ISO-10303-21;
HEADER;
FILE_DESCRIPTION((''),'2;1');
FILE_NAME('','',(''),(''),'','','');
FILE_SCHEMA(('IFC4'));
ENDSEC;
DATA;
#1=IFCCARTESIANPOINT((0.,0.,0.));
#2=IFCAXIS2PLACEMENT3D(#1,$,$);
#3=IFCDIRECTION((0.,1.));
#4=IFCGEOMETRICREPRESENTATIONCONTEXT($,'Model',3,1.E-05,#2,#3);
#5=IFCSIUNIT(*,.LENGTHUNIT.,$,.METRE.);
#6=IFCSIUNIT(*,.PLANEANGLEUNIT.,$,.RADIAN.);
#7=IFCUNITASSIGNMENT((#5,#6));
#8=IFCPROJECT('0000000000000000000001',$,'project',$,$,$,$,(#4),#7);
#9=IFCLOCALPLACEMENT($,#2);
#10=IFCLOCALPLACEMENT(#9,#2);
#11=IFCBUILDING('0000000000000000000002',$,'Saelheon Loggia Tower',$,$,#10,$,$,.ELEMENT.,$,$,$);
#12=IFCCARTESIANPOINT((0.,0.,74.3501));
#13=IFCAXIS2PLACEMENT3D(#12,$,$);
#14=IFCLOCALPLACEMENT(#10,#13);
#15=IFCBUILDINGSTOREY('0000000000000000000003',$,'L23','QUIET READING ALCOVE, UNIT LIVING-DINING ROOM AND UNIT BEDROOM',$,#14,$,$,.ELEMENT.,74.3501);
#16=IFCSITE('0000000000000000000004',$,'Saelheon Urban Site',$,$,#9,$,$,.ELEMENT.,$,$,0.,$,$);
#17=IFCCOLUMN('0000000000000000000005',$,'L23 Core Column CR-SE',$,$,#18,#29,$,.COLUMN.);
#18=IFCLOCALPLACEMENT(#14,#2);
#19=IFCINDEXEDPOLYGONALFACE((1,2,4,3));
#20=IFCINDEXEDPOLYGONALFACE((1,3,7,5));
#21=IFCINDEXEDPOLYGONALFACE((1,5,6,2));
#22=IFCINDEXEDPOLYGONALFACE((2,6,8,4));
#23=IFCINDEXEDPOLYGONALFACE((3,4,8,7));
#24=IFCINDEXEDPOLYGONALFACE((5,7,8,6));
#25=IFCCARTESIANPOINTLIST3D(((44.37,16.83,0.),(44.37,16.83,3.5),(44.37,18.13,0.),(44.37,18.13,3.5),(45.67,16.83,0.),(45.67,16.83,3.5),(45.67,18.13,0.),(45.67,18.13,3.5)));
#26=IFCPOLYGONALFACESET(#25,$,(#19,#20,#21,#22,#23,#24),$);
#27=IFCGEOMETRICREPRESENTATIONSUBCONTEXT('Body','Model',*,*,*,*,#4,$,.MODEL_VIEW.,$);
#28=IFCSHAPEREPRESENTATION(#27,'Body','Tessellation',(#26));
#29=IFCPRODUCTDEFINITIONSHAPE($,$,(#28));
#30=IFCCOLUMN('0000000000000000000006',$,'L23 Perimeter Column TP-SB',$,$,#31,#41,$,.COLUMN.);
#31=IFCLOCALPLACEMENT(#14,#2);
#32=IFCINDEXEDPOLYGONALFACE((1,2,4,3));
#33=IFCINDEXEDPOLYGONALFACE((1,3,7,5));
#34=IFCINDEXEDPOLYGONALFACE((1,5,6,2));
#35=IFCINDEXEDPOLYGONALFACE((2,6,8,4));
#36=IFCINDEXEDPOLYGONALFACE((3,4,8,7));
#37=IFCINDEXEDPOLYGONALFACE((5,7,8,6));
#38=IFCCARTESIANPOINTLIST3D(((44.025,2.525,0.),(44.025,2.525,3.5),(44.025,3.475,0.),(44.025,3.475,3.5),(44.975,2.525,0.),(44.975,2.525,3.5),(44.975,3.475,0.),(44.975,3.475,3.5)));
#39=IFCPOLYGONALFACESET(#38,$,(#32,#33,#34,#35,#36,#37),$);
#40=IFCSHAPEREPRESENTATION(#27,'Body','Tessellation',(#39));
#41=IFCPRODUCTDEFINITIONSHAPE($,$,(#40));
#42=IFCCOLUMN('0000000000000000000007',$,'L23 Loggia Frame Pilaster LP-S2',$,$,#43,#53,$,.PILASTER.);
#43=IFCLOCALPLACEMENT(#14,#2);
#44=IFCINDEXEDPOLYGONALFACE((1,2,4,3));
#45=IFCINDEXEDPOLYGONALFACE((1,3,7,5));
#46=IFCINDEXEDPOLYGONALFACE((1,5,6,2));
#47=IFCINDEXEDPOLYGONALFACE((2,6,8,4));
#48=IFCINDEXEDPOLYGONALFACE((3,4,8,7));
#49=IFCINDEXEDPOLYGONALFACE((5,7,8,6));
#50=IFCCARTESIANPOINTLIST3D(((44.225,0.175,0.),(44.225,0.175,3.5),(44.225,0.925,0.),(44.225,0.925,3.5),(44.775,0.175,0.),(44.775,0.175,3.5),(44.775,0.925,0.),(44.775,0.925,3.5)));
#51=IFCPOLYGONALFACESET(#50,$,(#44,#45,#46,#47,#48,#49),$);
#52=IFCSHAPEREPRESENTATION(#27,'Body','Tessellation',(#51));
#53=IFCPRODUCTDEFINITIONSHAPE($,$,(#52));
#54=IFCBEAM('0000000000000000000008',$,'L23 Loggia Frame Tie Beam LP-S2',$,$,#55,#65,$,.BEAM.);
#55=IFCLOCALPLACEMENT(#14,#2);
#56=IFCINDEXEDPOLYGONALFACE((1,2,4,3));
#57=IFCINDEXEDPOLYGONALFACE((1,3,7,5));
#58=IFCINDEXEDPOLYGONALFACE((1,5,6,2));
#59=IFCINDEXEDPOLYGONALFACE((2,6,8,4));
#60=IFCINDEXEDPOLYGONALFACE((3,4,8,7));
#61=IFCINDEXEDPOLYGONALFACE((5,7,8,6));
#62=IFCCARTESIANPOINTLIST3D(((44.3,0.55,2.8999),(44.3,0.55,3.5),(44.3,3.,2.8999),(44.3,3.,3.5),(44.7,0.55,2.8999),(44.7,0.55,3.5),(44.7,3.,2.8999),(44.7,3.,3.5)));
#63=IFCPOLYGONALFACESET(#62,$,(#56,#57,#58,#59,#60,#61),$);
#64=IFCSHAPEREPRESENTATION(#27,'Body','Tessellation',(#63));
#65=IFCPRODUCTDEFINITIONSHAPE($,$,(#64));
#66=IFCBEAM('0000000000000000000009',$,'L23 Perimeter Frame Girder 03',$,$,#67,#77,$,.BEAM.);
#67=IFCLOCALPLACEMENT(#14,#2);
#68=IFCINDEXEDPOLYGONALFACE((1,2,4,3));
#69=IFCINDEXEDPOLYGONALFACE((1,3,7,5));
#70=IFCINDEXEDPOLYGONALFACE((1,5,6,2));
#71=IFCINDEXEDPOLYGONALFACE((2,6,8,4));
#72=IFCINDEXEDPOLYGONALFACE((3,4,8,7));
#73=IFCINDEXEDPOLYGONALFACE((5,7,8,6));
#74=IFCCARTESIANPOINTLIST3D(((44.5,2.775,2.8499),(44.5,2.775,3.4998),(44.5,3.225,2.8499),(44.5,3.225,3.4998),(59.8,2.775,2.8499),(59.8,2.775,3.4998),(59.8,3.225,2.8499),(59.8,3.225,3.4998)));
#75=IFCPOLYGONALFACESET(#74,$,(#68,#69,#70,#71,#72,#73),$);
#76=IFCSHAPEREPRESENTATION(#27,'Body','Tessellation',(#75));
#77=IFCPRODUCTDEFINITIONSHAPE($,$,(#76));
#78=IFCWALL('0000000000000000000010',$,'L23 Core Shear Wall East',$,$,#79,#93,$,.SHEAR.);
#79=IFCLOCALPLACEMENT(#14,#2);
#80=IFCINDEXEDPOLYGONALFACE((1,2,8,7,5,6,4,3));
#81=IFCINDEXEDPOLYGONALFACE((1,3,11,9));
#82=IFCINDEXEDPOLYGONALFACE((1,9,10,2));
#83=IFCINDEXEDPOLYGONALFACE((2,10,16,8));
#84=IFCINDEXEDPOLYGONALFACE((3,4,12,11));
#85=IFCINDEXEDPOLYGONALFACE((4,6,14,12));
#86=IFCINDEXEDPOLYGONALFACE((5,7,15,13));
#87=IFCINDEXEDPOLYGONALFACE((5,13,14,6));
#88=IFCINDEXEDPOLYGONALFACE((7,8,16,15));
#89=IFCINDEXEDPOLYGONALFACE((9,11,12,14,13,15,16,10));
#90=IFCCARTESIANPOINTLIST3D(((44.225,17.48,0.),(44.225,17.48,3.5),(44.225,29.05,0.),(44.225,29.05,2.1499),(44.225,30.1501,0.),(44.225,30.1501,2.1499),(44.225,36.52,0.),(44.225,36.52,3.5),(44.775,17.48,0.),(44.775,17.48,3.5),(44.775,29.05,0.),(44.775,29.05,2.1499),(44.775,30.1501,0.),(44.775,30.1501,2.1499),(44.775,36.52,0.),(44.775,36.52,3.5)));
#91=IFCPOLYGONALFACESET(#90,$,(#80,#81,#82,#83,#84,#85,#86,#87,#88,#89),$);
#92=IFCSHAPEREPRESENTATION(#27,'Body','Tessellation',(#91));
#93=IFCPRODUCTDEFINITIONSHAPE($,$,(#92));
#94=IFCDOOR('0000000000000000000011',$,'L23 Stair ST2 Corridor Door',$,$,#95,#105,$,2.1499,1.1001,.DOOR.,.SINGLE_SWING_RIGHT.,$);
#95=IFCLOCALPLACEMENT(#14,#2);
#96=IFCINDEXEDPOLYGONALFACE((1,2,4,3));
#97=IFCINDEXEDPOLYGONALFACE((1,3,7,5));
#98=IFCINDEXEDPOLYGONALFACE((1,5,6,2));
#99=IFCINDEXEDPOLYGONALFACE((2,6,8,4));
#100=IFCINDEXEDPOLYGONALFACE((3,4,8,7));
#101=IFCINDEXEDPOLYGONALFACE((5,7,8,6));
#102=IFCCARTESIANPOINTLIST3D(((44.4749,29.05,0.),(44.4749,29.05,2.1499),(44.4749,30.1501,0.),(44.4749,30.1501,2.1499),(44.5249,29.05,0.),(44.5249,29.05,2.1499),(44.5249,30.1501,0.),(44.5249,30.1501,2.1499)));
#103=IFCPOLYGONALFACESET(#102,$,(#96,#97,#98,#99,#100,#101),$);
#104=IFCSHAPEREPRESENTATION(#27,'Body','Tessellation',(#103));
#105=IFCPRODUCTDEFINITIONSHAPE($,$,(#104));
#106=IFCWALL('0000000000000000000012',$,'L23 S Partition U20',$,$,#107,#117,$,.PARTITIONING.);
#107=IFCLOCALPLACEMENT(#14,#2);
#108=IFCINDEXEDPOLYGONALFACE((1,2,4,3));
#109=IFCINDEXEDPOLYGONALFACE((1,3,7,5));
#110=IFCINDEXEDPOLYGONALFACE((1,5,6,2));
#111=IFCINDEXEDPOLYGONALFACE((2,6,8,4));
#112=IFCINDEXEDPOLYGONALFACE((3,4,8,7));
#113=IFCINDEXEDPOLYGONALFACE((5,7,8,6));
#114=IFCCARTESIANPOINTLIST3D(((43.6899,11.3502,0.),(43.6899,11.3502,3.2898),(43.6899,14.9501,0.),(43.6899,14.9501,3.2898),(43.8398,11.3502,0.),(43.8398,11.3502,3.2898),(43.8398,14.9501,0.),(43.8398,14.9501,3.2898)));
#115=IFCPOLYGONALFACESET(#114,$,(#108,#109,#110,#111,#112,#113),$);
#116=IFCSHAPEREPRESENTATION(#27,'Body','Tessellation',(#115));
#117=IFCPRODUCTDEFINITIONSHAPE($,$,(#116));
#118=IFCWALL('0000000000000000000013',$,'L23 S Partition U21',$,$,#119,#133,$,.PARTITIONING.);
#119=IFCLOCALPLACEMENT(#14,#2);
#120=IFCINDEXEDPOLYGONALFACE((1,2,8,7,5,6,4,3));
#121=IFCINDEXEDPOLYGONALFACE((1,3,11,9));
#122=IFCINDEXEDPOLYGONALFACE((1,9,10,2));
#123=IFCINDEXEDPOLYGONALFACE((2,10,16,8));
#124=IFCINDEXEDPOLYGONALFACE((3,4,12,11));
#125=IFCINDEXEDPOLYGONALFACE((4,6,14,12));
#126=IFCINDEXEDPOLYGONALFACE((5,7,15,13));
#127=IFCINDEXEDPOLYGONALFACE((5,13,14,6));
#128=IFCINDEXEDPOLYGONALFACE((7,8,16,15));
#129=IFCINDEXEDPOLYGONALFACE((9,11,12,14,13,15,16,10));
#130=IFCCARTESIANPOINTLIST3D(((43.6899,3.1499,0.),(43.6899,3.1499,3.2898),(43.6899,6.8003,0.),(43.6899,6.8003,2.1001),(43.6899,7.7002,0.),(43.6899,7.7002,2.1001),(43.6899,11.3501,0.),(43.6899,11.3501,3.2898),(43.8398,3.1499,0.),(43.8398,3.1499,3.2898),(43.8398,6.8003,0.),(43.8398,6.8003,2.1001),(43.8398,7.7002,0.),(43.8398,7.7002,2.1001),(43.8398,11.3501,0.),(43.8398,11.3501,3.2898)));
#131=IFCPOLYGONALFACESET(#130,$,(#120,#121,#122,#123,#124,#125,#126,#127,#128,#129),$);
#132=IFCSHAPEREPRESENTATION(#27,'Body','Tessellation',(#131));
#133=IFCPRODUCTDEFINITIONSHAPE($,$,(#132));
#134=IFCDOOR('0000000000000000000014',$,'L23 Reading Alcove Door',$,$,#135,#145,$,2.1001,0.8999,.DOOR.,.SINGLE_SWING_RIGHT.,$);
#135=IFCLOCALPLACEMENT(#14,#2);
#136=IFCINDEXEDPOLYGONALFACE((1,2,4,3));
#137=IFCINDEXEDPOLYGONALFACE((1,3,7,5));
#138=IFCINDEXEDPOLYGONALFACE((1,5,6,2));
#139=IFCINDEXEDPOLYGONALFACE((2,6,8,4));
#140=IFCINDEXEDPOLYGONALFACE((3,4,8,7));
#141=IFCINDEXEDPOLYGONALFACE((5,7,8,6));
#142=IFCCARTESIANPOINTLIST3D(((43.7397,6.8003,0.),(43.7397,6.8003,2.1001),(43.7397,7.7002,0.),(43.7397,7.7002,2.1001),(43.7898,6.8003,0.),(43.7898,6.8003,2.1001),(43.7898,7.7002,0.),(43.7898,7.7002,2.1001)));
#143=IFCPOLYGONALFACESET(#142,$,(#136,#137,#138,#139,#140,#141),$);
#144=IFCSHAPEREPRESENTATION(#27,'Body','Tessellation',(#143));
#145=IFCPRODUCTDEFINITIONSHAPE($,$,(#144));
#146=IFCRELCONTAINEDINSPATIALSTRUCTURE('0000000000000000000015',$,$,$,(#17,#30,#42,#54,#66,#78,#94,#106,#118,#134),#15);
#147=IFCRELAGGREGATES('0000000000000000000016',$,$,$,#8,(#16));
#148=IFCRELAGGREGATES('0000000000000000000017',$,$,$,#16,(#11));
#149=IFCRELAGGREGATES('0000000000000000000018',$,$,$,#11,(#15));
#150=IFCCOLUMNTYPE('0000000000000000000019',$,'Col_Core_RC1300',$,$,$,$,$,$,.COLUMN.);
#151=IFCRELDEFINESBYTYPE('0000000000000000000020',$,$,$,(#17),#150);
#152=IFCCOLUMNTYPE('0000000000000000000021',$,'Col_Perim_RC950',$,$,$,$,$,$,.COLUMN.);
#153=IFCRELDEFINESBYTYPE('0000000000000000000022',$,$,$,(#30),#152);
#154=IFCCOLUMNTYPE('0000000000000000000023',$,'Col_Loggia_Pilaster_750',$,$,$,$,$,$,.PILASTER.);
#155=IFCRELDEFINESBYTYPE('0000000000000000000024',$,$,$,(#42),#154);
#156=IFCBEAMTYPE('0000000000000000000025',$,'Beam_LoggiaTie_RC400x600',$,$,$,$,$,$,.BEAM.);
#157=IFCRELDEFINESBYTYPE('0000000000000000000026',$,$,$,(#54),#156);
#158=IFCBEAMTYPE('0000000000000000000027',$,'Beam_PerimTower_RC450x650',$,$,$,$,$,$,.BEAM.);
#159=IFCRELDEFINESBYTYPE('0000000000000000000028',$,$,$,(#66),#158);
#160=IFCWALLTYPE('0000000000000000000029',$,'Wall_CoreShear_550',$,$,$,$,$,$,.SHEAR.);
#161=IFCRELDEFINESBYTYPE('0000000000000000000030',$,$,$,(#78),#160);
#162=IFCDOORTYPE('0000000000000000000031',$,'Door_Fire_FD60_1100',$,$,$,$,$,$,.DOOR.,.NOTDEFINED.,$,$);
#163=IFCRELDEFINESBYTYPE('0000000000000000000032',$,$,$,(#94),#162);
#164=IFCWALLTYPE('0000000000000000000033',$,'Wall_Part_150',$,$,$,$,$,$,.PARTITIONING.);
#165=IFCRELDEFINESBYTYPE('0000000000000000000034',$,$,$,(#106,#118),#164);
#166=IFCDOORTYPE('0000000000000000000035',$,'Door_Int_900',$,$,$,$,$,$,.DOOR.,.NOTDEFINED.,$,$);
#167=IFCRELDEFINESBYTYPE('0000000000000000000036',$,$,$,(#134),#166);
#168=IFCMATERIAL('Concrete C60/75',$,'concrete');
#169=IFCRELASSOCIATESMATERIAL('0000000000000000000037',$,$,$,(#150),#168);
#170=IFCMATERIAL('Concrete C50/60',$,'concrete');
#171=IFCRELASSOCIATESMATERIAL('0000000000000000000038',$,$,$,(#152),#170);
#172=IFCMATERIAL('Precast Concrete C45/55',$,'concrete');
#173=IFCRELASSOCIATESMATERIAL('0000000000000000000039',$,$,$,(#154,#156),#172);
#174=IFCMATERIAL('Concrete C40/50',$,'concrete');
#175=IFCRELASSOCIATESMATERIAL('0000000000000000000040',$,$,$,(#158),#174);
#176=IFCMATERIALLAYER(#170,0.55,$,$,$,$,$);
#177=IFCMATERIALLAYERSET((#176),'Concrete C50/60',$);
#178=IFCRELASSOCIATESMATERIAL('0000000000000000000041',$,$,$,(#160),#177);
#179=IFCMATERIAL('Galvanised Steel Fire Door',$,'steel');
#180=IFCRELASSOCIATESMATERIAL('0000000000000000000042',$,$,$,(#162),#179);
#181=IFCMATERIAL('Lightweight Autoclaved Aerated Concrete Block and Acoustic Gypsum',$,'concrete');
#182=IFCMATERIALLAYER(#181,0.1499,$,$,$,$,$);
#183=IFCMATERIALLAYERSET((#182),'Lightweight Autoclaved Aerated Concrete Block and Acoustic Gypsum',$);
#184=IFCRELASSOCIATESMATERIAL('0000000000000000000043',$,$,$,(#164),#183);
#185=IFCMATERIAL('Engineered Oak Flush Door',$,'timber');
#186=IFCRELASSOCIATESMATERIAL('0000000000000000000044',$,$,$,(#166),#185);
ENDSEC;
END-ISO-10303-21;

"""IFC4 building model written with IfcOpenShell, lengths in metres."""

from ifc_helpers import new_model, si_unit, direction, frame, frame_2d, origin, origin_2d, place, context, subcontext, project, spatial, rectangle, extrude, source, transform, mapped, material, layer, layer_set, material_profile, profile_set, type_object, element, fill, save


model = new_model("IFC4")

# Units and contexts
model_context = context("Model", 3, precision=1e-05, world=origin(), true_north=direction((0.0, 1.0)))
body_context = subcontext(model_context, "Body", "Model", "MODEL_VIEW")
ifc_project = project(units=[si_unit("LENGTHUNIT", "METRE"), si_unit("PLANEANGLEUNIT", "RADIAN")], contexts=[model_context])

# Site, building, storey
site_placement = place(None, origin())
site = spatial("IfcSite", under=ifc_project, at=site_placement, Name="Saelheon Urban Site", CompositionType="ELEMENT", RefElevation=0.0)
building_placement = place(site_placement, origin())
building = spatial("IfcBuilding", under=site, at=building_placement, Name="Saelheon Loggia Tower", CompositionType="ELEMENT")
storey_placement = place(building_placement, frame((0.0, 0.0, 74.3501)))
storey = spatial("IfcBuildingStorey", under=building, at=storey_placement, Name="L23", Description="QUIET READING ALCOVE, UNIT LIVING-DINING ROOM AND UNIT BEDROOM", CompositionType="ELEMENT", Elevation=74.3501)

# Columns
ifc_material_1 = material(Name="Concrete C60/75", Category="concrete")
ifc_material_profile_1 = material_profile(ifc_material_1, rectangle(XDim=1.3, YDim=1.3, at=origin_2d()), Name="RC-1300x1300")
ifc_profile_set_1 = profile_set([ifc_material_profile_1], Name="Concrete C60/75")
column_type_1 = type_object("IfcColumnType", Name="Col_Core_RC1300", PredefinedType="COLUMN", material=ifc_profile_set_1)
shared_shape_1 = source(origin(), body_context, "Body", "SweptSolid", [
    extrude(rectangle(XDim=1.3, YDim=1.3, at=origin_2d()), origin(), (0.0, 0.0, 1.0), 3.5),
])
column_1_placement = place(storey_placement, frame((45.02, 17.48, 0.0), z_axis=(0.0, 0.0, 1.0), x_axis=(1.0, 0.0, 0.0)))
element("IfcColumn", 1, at=column_1_placement, inside=storey, type_object=column_type_1, Name="L23 Core Column CR-SE", PredefinedType="COLUMN", context=body_context, shape_type="MappedRepresentation", body=[
    mapped(shared_shape_1, transform((0.0, 0.0, 0.0), scale=1.0)),
])
ifc_material_2 = material(Name="Concrete C50/60", Category="concrete")
ifc_material_profile_2 = material_profile(ifc_material_2, rectangle(XDim=0.95, YDim=0.95, at=origin_2d()), Name="RC-950x950")
ifc_profile_set_2 = profile_set([ifc_material_profile_2], Name="Concrete C50/60")
column_type_2 = type_object("IfcColumnType", Name="Col_Perim_RC950", PredefinedType="COLUMN", material=ifc_profile_set_2)
shared_shape_2 = source(origin(), body_context, "Body", "SweptSolid", [
    extrude(rectangle(XDim=0.95, YDim=0.95, at=origin_2d()), origin(), (0.0, 0.0, 1.0), 3.5),
])
column_2_placement = place(storey_placement, frame((44.5, 3.0, 0.0), z_axis=(0.0, 0.0, 1.0), x_axis=(1.0, 0.0, 0.0)))
element("IfcColumn", 2, at=column_2_placement, inside=storey, type_object=column_type_2, Name="L23 Perimeter Column TP-SB", PredefinedType="COLUMN", context=body_context, shape_type="MappedRepresentation", body=[
    mapped(shared_shape_2, transform((0.0, 0.0, 0.0), scale=1.0)),
])
ifc_material_3 = material(Name="Precast Concrete C45/55", Category="concrete")
ifc_material_profile_3 = material_profile(ifc_material_3, rectangle(XDim=0.55, YDim=0.75, at=origin_2d()), Name="RC-550x750")
ifc_profile_set_3 = profile_set([ifc_material_profile_3], Name="Precast Concrete C45/55")
column_type_3 = type_object("IfcColumnType", Name="Col_Loggia_Pilaster_750", PredefinedType="PILASTER", material=ifc_profile_set_3)
shared_shape_3 = source(origin(), body_context, "Body", "SweptSolid", [
    extrude(rectangle(XDim=0.55, YDim=0.75, at=origin_2d()), origin(), (0.0, 0.0, 1.0), 3.5),
])
column_3_placement = place(storey_placement, frame((44.5, 0.55, 0.0), z_axis=(0.0, 0.0, 1.0), x_axis=(1.0, 0.0, 0.0)))
element("IfcColumn", 3, at=column_3_placement, inside=storey, type_object=column_type_3, Name="L23 Loggia Frame Pilaster LP-S2", PredefinedType="PILASTER", context=body_context, shape_type="MappedRepresentation", body=[
    mapped(shared_shape_3, transform((0.0, 0.0, 0.0), scale=1.0)),
])

# Beams
ifc_material_profile_4 = material_profile(ifc_material_3, rectangle(XDim=0.3999, YDim=0.6001, at=origin_2d()), Name="RC-400x600")
ifc_profile_set_4 = profile_set([ifc_material_profile_4], Name="Precast Concrete C45/55")
beam_type_1 = type_object("IfcBeamType", Name="Beam_LoggiaTie_RC400x600", PredefinedType="BEAM", material=ifc_profile_set_4)
shared_shape_4 = source(origin(), body_context, "Body", "SweptSolid", [
    extrude(rectangle(XDim=0.3999, YDim=0.6001, at=origin_2d()), origin(), (0.0, 0.0, 1.0), 2.45),
])
beam_1_placement = place(storey_placement, frame((44.5, 3.0, 3.2), z_axis=(0.0, -1.0, 0.0), x_axis=(1.0, 0.0, 0.0)))
element("IfcBeam", 4, at=beam_1_placement, inside=storey, type_object=beam_type_1, Name="L23 Loggia Frame Tie Beam LP-S2", PredefinedType="BEAM", context=body_context, shape_type="MappedRepresentation", body=[
    mapped(shared_shape_4, transform((0.0, 0.0, 0.0), scale=1.0)),
])
ifc_material_4 = material(Name="Concrete C40/50", Category="concrete")
ifc_material_profile_5 = material_profile(ifc_material_4, rectangle(XDim=0.45, YDim=0.6499, at=origin_2d()), Name="RC-450x650")
ifc_profile_set_5 = profile_set([ifc_material_profile_5], Name="Concrete C40/50")
beam_type_2 = type_object("IfcBeamType", Name="Beam_PerimTower_RC450x650", PredefinedType="BEAM", material=ifc_profile_set_5)
shared_shape_5 = source(origin(), body_context, "Body", "SweptSolid", [
    extrude(rectangle(XDim=0.45, YDim=0.6499, at=origin_2d()), origin(), (0.0, 0.0, 1.0), 15.3),
])
beam_2_placement = place(storey_placement, frame((44.5, 3.0, 3.1748), z_axis=(1.0, 0.0, 0.0), x_axis=(0.0, 1.0, 0.0)))
element("IfcBeam", 5, at=beam_2_placement, inside=storey, type_object=beam_type_2, Name="L23 Perimeter Frame Girder 03", PredefinedType="BEAM", context=body_context, shape_type="MappedRepresentation", body=[
    mapped(shared_shape_5, transform((0.0, 0.0, 0.0), scale=1.0)),
])

# Wall, opening, door
ifc_layer_1 = layer(ifc_material_2, 0.55)
ifc_layer_set_1 = layer_set([ifc_layer_1], Name="Concrete C50/60")
wall_type_1 = type_object("IfcWallType", Name="Wall_CoreShear_550", PredefinedType="SHEAR", material=ifc_layer_set_1)
wall_1_placement = place(storey_placement, frame((44.5, 17.48, 0.0), z_axis=(0.0, 0.0, 1.0), x_axis=(0.0, 1.0, 0.0)))
wall_1 = element("IfcWall", 6, at=wall_1_placement, inside=storey, type_object=wall_type_1, Name="L23 Core Shear Wall East", PredefinedType="SHEAR", context=body_context, shape_type="SweptSolid", body=[
    extrude(rectangle(XDim=19.04, YDim=0.55, at=frame_2d((9.52, 0.0))), origin(), (0.0, 0.0, 1.0), 3.5),
])
opening_1_placement = place(wall_1_placement, frame((12.6702, 0.0, 0.0), z_axis=(0.0, 0.0, 1.0), x_axis=(-1.0, 0.0, 0.0)))
opening_1 = element("IfcOpeningElement", 7, at=opening_1_placement, cuts=wall_1, PredefinedType="OPENING", context=body_context, shape_type="SweptSolid", body=[
    extrude(rectangle(XDim=1.1001, YDim=2.1499, at=frame_2d((0.55, 1.075))), frame((0.0, 0.2871, 0.0), z_axis=(0.0, -1.0, 0.0), x_axis=(1.0, 0.0, 0.0)), (0.0, 0.0, 1.0), 0.574),
])
ifc_material_5 = material(Name="Galvanised Steel Fire Door", Category="steel")
door_type_1 = type_object("IfcDoorType", Name="Door_Fire_FD60_1100", OperationType="NOTDEFINED", PredefinedType="DOOR", material=ifc_material_5)
shared_shape_6 = source(origin(), body_context, "Body", "SweptSolid", [
    extrude(rectangle(XDim=1.1001, YDim=2.1499, at=frame_2d((0.55, 1.075))), frame((0.0, 0.0249, 0.0), z_axis=(0.0, -1.0, 0.0), x_axis=(1.0, 0.0, 0.0)), (0.0, 0.0, 1.0), 0.05),
])
door_1_placement = place(opening_1_placement, origin())
door_1 = element("IfcDoor", 8, at=door_1_placement, inside=storey, type_object=door_type_1, Name="L23 Stair ST2 Corridor Door", OperationType="SINGLE_SWING_RIGHT", OverallHeight=2.1499, OverallWidth=1.1001, PredefinedType="DOOR", context=body_context, shape_type="MappedRepresentation", body=[
    mapped(shared_shape_6, transform((0.0, 0.0, 0.0), scale=1.0)),
])
fill(opening_1, door_1)

# Wall
ifc_material_6 = material(Name="Lightweight Autoclaved Aerated Concrete Block and Acoustic Gypsum", Category="concrete")
ifc_layer_2 = layer(ifc_material_6, 0.1499)
ifc_layer_set_2 = layer_set([ifc_layer_2], Name="Lightweight Autoclaved Aerated Concrete Block and Acoustic Gypsum")
wall_type_2 = type_object("IfcWallType", Name="Wall_Part_150", PredefinedType="PARTITIONING", material=ifc_layer_set_2)
wall_2_placement = place(storey_placement, frame((43.7649, 14.95, 0.0), z_axis=(0.0, 0.0, 1.0), x_axis=(0.0, -1.0, 0.0)))
element("IfcWall", 9, at=wall_2_placement, inside=storey, type_object=wall_type_2, Name="L23 S Partition U20", PredefinedType="PARTITIONING", context=body_context, shape_type="SweptSolid", body=[
    extrude(rectangle(XDim=3.5999, YDim=0.1499, at=frame_2d((1.7998, 0.0))), origin(), (0.0, 0.0, 1.0), 3.2898),
])

# Wall, opening, door
wall_3_placement = place(storey_placement, frame((43.7649, 11.3501, 0.0), z_axis=(0.0, 0.0, 1.0), x_axis=(0.0, -1.0, 0.0)))
wall_3 = element("IfcWall", 10, at=wall_3_placement, inside=storey, type_object=wall_type_2, Name="L23 S Partition U21", PredefinedType="PARTITIONING", context=body_context, shape_type="SweptSolid", body=[
    extrude(rectangle(XDim=8.2002, YDim=0.1499, at=frame_2d((4.1001, 0.0))), origin(), (0.0, 0.0, 1.0), 3.2898),
])
opening_2_placement = place(wall_3_placement, frame((3.6499, 0.0, 0.0)))
opening_2 = element("IfcOpeningElement", 11, at=opening_2_placement, cuts=wall_3, PredefinedType="OPENING", context=body_context, shape_type="SweptSolid", body=[
    extrude(rectangle(XDim=0.8999, YDim=2.1001, at=frame_2d((0.45, 1.05))), frame((0.0, 0.0869, 0.0), z_axis=(0.0, -1.0, 0.0), x_axis=(1.0, 0.0, 0.0)), (0.0, 0.0, 1.0), 0.1738),
])
ifc_material_7 = material(Name="Engineered Oak Flush Door", Category="timber")
door_type_2 = type_object("IfcDoorType", Name="Door_Int_900", OperationType="NOTDEFINED", PredefinedType="DOOR", material=ifc_material_7)
shared_shape_7 = source(origin(), body_context, "Body", "SweptSolid", [
    extrude(rectangle(XDim=0.8999, YDim=2.1001, at=frame_2d((0.45, 1.05))), frame((0.0, 0.0249, 0.0), z_axis=(0.0, -1.0, 0.0), x_axis=(1.0, 0.0, 0.0)), (0.0, 0.0, 1.0), 0.05),
])
door_2_placement = place(opening_2_placement, origin())
door_2 = element("IfcDoor", 12, at=door_2_placement, inside=storey, type_object=door_type_2, Name="L23 Reading Alcove Door", OperationType="SINGLE_SWING_RIGHT", OverallHeight=2.1001, OverallWidth=0.8999, PredefinedType="DOOR", context=body_context, shape_type="MappedRepresentation", body=[
    mapped(shared_shape_7, transform((0.0, 0.0, 0.0), scale=1.0)),
])
fill(opening_2, door_2)

save(model, "model.ifc")
